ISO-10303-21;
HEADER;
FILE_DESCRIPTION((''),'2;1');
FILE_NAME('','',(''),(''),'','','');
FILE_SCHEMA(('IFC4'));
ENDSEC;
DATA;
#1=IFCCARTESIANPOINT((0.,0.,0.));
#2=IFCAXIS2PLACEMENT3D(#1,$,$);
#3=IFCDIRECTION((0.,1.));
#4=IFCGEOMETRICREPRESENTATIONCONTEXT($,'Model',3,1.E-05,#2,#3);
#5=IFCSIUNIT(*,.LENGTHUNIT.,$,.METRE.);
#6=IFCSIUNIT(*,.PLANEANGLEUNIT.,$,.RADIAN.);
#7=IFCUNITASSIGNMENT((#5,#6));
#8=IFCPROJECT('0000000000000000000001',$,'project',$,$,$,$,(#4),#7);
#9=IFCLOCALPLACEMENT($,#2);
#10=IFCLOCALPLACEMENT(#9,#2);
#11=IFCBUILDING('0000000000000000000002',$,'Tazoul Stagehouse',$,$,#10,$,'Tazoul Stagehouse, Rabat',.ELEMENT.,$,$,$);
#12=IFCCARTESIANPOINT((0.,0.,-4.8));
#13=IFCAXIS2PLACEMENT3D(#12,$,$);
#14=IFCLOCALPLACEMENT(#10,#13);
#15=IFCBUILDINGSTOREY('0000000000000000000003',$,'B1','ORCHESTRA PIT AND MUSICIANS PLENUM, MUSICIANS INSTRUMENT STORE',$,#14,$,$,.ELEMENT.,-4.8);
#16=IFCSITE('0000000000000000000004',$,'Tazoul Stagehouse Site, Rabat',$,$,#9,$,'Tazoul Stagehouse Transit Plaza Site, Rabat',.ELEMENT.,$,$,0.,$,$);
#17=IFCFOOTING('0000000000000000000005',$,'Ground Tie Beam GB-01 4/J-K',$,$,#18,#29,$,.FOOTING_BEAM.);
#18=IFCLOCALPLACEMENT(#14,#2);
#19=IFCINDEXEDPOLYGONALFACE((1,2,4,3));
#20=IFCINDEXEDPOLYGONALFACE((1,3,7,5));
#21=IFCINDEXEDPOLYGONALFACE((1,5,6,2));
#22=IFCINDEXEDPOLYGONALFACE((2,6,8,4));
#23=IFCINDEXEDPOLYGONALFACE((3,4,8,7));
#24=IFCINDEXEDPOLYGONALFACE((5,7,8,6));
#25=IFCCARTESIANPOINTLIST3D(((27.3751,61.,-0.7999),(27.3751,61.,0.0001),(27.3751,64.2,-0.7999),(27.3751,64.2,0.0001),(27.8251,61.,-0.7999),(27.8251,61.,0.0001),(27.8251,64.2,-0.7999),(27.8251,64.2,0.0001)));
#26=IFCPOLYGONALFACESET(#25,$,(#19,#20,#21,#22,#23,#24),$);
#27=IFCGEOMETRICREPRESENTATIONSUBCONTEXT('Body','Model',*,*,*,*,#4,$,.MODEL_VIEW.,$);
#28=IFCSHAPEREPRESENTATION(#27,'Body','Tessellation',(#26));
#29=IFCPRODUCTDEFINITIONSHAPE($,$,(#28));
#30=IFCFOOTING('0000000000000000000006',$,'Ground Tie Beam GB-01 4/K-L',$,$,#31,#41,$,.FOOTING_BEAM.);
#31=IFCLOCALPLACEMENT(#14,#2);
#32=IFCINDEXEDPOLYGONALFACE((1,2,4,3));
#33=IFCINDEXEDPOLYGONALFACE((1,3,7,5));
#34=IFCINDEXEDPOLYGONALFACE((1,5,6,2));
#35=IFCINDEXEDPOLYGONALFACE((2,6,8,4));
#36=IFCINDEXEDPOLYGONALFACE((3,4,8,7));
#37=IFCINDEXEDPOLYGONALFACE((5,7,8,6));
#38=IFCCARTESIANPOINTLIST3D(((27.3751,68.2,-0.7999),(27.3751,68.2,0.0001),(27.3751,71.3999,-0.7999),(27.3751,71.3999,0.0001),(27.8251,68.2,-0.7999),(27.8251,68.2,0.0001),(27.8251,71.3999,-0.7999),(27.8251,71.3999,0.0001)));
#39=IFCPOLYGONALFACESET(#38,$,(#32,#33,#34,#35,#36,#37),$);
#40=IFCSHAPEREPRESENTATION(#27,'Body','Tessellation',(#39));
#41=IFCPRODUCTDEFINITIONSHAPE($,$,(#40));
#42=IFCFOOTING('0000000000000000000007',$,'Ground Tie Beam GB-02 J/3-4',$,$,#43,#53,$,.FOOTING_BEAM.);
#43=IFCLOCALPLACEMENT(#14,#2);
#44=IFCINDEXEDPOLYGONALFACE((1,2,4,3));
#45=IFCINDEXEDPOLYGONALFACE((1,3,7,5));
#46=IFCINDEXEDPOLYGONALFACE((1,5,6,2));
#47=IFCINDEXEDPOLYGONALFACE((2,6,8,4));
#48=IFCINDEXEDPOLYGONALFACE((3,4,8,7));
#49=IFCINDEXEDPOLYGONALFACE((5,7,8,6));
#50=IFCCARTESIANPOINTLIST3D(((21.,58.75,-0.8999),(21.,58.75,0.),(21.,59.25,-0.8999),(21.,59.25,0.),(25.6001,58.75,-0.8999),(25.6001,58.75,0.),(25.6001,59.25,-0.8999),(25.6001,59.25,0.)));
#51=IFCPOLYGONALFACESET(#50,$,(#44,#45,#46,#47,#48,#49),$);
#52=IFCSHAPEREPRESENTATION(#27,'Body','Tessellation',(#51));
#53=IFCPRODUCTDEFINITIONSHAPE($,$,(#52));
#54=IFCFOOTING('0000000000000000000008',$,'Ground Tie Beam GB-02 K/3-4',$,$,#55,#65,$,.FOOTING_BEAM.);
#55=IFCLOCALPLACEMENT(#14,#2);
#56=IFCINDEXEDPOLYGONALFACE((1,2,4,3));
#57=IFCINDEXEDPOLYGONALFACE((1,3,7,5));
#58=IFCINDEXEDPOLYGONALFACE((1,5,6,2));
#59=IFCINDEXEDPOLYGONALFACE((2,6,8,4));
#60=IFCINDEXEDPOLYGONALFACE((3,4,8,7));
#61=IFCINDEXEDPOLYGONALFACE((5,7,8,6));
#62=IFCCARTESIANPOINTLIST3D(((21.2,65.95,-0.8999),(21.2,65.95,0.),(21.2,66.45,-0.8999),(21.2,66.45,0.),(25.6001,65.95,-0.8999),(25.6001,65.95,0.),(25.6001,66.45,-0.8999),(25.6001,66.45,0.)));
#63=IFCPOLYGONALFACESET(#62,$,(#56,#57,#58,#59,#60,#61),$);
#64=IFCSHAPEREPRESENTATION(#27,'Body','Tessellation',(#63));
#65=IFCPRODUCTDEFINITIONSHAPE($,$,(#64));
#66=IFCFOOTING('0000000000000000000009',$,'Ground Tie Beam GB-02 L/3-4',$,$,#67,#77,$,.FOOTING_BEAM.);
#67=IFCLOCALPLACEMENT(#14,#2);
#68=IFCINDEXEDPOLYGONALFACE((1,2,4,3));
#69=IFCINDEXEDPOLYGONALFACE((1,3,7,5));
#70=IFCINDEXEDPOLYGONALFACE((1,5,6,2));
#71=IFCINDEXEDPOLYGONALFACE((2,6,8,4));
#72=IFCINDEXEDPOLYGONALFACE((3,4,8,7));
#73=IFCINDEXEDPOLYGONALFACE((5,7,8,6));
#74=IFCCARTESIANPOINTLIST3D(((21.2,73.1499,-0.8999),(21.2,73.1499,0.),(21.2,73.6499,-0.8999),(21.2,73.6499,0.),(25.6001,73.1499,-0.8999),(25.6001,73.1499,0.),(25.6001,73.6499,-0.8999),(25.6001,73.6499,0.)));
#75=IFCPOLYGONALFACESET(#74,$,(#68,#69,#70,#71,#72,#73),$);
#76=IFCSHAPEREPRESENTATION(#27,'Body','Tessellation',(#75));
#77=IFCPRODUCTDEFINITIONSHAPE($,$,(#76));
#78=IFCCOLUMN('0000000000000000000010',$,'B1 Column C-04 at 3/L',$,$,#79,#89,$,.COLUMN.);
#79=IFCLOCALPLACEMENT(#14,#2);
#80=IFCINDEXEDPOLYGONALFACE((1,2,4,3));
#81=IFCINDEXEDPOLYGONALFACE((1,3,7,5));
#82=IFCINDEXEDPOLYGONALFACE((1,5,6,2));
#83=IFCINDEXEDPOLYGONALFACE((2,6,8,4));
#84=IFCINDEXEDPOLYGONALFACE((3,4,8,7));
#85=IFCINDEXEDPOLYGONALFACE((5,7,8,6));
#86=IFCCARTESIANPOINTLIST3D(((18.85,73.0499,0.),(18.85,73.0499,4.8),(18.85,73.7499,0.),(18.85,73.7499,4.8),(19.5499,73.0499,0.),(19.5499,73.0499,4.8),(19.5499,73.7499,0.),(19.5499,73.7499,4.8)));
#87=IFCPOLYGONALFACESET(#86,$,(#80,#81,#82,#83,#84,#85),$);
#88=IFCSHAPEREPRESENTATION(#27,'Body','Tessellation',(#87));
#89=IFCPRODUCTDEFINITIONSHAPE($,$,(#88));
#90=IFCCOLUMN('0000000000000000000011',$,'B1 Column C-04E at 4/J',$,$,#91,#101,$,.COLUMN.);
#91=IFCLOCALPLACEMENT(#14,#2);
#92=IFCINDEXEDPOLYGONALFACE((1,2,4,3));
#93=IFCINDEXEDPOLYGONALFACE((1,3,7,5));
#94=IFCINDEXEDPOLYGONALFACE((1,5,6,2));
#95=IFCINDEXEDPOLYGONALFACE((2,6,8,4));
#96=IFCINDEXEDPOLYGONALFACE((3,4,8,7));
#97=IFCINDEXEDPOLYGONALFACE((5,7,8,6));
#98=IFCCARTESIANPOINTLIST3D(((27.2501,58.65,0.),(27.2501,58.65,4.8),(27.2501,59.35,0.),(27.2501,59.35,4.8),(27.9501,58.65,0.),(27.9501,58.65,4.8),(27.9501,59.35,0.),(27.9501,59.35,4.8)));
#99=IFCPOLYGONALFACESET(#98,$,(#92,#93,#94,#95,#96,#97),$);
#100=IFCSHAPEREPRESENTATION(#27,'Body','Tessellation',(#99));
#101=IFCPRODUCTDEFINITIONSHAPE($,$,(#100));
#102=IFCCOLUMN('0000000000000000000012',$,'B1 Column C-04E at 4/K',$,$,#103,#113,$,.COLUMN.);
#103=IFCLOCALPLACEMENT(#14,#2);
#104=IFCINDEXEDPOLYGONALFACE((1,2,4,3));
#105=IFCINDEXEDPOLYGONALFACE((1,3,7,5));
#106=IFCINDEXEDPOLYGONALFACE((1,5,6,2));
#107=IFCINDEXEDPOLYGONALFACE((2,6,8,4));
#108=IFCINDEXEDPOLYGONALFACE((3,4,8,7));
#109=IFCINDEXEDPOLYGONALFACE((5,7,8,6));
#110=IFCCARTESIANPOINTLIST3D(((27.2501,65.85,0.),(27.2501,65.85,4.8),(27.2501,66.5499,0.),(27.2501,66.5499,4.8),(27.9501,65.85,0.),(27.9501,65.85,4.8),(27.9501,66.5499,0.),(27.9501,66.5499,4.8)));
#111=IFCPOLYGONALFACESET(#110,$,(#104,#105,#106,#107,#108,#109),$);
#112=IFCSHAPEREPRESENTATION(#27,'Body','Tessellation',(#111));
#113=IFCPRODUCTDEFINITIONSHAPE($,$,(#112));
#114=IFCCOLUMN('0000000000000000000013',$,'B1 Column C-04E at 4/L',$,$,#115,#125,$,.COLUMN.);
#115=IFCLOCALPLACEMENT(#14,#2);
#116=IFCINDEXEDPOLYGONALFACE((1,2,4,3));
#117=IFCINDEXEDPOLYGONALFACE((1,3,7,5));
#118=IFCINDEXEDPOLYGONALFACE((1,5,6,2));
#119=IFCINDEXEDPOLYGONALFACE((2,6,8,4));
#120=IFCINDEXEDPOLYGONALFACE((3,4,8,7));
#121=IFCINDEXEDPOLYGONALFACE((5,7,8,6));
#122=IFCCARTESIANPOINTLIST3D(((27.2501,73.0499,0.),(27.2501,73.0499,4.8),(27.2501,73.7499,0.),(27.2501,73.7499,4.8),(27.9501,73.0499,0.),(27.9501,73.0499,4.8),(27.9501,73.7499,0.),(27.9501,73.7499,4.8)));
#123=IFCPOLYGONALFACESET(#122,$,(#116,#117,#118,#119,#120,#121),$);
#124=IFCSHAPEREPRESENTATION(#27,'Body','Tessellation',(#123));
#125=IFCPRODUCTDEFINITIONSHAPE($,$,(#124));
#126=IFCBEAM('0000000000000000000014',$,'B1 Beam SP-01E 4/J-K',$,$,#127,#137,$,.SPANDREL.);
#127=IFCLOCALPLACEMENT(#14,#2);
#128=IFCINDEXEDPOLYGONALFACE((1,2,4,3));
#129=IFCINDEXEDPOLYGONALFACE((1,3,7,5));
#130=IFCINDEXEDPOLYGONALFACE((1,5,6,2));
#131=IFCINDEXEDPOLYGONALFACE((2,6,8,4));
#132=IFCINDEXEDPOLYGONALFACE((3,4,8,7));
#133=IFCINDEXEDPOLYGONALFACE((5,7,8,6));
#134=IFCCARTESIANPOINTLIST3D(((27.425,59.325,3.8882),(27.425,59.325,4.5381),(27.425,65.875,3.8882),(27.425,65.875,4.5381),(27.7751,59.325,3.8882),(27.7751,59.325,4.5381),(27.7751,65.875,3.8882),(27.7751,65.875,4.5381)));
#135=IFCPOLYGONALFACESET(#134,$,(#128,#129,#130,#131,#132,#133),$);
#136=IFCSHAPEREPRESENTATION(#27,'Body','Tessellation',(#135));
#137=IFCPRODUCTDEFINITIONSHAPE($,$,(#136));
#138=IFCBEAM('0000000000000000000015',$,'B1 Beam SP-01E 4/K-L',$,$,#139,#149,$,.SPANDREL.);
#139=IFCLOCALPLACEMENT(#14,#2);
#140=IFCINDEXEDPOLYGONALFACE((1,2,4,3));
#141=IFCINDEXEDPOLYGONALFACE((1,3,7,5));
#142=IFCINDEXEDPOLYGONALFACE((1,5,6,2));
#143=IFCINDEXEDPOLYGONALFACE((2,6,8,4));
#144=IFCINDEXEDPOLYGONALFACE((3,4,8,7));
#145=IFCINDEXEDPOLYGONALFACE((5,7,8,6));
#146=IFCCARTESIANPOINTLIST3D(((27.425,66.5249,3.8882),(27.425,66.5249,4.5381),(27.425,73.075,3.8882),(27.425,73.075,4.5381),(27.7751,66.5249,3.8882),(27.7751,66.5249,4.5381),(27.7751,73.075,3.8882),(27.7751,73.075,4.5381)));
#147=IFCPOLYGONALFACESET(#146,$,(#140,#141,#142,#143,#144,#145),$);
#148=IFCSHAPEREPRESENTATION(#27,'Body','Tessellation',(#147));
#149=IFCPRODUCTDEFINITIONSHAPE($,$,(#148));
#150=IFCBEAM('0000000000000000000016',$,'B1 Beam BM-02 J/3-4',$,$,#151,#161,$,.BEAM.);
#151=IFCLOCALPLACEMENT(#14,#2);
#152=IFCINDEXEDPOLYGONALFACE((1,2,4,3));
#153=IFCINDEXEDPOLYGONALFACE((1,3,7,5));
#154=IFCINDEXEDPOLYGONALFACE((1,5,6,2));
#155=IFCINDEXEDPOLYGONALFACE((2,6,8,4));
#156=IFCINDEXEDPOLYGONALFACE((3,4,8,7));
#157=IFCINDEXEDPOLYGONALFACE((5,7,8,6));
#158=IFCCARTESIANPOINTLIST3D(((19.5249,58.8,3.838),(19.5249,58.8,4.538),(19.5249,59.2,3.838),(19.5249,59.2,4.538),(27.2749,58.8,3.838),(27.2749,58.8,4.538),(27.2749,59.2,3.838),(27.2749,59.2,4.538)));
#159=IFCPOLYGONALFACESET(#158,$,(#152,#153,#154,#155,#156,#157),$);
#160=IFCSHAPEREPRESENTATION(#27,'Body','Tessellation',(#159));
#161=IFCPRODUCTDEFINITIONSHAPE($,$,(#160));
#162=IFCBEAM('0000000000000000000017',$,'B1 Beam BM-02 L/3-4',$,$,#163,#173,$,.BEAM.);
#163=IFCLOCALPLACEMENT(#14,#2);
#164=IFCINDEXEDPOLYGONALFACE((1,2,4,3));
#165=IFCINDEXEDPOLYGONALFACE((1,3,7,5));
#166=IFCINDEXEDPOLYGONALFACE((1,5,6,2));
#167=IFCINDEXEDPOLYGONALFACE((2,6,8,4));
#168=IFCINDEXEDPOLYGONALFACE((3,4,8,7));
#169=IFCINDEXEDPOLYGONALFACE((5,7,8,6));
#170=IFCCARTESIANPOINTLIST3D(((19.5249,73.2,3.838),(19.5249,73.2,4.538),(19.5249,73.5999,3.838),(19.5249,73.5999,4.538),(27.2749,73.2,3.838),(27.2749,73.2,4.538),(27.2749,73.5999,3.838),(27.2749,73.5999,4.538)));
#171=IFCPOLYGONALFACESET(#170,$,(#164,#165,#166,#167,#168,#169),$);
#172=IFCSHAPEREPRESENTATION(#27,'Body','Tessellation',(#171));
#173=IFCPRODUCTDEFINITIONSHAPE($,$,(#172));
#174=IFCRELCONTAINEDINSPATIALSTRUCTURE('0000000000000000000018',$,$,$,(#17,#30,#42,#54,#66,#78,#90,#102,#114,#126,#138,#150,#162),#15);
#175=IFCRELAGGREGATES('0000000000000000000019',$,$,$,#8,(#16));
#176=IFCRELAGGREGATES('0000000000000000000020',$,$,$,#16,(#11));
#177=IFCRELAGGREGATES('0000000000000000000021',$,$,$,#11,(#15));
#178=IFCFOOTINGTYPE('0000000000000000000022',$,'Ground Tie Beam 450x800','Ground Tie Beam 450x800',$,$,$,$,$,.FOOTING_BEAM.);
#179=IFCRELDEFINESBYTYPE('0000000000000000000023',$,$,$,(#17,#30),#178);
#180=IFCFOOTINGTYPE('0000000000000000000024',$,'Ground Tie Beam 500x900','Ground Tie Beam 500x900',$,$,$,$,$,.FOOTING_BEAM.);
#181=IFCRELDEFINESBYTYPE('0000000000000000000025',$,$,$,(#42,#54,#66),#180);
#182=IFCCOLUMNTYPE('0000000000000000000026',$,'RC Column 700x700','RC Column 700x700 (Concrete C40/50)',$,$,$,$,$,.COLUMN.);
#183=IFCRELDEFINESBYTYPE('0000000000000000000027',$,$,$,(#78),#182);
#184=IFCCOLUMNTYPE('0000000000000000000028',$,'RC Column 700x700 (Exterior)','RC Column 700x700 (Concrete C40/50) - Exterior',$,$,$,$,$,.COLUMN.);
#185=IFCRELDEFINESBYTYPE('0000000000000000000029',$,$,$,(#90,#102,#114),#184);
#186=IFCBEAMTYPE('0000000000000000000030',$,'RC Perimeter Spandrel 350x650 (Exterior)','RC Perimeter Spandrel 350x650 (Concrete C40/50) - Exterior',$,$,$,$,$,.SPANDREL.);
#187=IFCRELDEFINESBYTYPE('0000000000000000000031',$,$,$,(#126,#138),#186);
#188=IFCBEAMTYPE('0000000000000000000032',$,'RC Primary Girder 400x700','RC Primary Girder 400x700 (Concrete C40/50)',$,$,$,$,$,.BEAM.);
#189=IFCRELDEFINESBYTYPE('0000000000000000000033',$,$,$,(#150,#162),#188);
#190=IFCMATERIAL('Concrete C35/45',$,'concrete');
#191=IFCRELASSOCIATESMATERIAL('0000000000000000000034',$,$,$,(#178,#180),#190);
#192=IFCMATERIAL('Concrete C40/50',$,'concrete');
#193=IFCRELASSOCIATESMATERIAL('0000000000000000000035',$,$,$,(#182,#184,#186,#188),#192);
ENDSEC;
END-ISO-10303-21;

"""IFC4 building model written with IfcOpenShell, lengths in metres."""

from ifc_helpers import new_model, si_unit, direction, frame, origin, origin_2d, place, context, subcontext, project, spatial, rectangle, extrude, material, material_profile, profile_set, type_object, element, save


model = new_model("IFC4")

# Units and contexts
model_context = context("Model", 3, precision=1e-05, world=origin(), true_north=direction((0.0, 1.0)))
body_context = subcontext(model_context, "Body", "Model", "MODEL_VIEW")
ifc_project = project(units=[si_unit("LENGTHUNIT", "METRE"), si_unit("PLANEANGLEUNIT", "RADIAN")], contexts=[model_context])

# Site, building, storey
site_placement = place(None, origin())
site = spatial("IfcSite", under=ifc_project, at=site_placement, Name="Tazoul Stagehouse Site, Rabat", LongName="Tazoul Stagehouse Transit Plaza Site, Rabat", CompositionType="ELEMENT", RefElevation=0.0)
building_placement = place(site_placement, origin())
building = spatial("IfcBuilding", under=site, at=building_placement, Name="Tazoul Stagehouse", LongName="Tazoul Stagehouse, Rabat", CompositionType="ELEMENT")
storey_placement = place(building_placement, frame((0.0, 0.0, -4.8)))
storey = spatial("IfcBuildingStorey", under=building, at=storey_placement, Name="B1", Description="ORCHESTRA PIT AND MUSICIANS PLENUM, MUSICIANS INSTRUMENT STORE", CompositionType="ELEMENT", Elevation=-4.8)

# Shared definitions
ifc_material_1 = material(Name="Concrete C35/45", Category="concrete")

# Footings
ifc_material_profile_1 = material_profile(ifc_material_1, rectangle(XDim=0.45, YDim=0.8, at=origin_2d()), Name="RC 450x800")
ifc_profile_set_1 = profile_set([ifc_material_profile_1], Name="Concrete C35/45")
footing_type_1 = type_object("IfcFootingType", Name="Ground Tie Beam 450x800", Description="Ground Tie Beam 450x800", PredefinedType="FOOTING_BEAM", material=ifc_profile_set_1)
for number, where, z_axis, x_axis, name in (
    (1, (27.6001, 61.0, -0.3999), (0.0, 1.0, 0.0), (-1.0, 0.0, 0.0), "Ground Tie Beam GB-01 4/J-K"),
    (2, (27.6001, 68.2, -0.3999), (0.0, 1.0, 0.0), (-1.0, 0.0, 0.0), "Ground Tie Beam GB-01 4/K-L"),
):
    element("IfcFooting", number, at=place(storey_placement, frame(where, z_axis=z_axis, x_axis=x_axis)), inside=storey, type_object=footing_type_1, Name=name, PredefinedType="FOOTING_BEAM", context=body_context, shape_type="SweptSolid", body=[
        extrude(rectangle(XDim=0.45, YDim=0.8, at=origin_2d()), origin(), (0.0, 0.0, 1.0), 3.2),
    ])
ifc_material_profile_2 = material_profile(ifc_material_1, rectangle(XDim=0.5, YDim=0.8999, at=origin_2d()), Name="RC 500x900")
ifc_profile_set_2 = profile_set([ifc_material_profile_2], Name="Concrete C35/45")
footing_type_2 = type_object("IfcFootingType", Name="Ground Tie Beam 500x900", Description="Ground Tie Beam 500x900", PredefinedType="FOOTING_BEAM", material=ifc_profile_set_2)
footing_placement = place(storey_placement, frame((21.0, 59.0, -0.45), z_axis=(1.0, 0.0, 0.0), x_axis=(0.0, 1.0, 0.0)))
element("IfcFooting", 3, at=footing_placement, inside=storey, type_object=footing_type_2, Name="Ground Tie Beam GB-02 J/3-4", PredefinedType="FOOTING_BEAM", context=body_context, shape_type="SweptSolid", body=[
    extrude(rectangle(XDim=0.5, YDim=0.8999, at=origin_2d()), origin(), (0.0, 0.0, 1.0), 4.6001),
])
for number, where, z_axis, x_axis, name in (
    (4, (21.2, 66.2, -0.45), (1.0, 0.0, 0.0), (0.0, 1.0, 0.0), "Ground Tie Beam GB-02 K/3-4"),
    (5, (21.2, 73.3999, -0.45), (1.0, 0.0, 0.0), (0.0, 1.0, 0.0), "Ground Tie Beam GB-02 L/3-4"),
):
    element("IfcFooting", number, at=place(storey_placement, frame(where, z_axis=z_axis, x_axis=x_axis)), inside=storey, type_object=footing_type_2, Name=name, PredefinedType="FOOTING_BEAM", context=body_context, shape_type="SweptSolid", body=[
        extrude(rectangle(XDim=0.5, YDim=0.8999, at=origin_2d()), origin(), (0.0, 0.0, 1.0), 4.4001),
    ])

# Columns
ifc_material_2 = material(Name="Concrete C40/50", Category="concrete")
ifc_material_profile_3 = material_profile(ifc_material_2, rectangle(XDim=0.7, YDim=0.7, at=origin_2d()), Name="RC 700x700")
ifc_profile_set_3 = profile_set([ifc_material_profile_3], Name="Concrete C40/50")
column_type_1 = type_object("IfcColumnType", Name="RC Column 700x700", Description="RC Column 700x700 (Concrete C40/50)", PredefinedType="COLUMN", material=ifc_profile_set_3)
column_placement = place(storey_placement, frame((19.2, 73.3999, 0.0), z_axis=(0.0, 0.0, 1.0), x_axis=(1.0, 0.0, 0.0)))
element("IfcColumn", 6, at=column_placement, inside=storey, type_object=column_type_1, Name="B1 Column C-04 at 3/L", PredefinedType="COLUMN", context=body_context, shape_type="SweptSolid", body=[
    extrude(rectangle(XDim=0.7, YDim=0.7, at=origin_2d()), origin(), (0.0, 0.0, 1.0), 4.8),
])
ifc_material_profile_4 = material_profile(ifc_material_2, rectangle(XDim=0.7, YDim=0.7, at=origin_2d()), Name="RC 700x700")
ifc_profile_set_4 = profile_set([ifc_material_profile_4], Name="Concrete C40/50")
column_type_2 = type_object("IfcColumnType", Name="RC Column 700x700 (Exterior)", Description="RC Column 700x700 (Concrete C40/50) - Exterior", PredefinedType="COLUMN", material=ifc_profile_set_4)
for number, where, z_axis, x_axis, name in (
    (7, (27.6001, 59.0, 0.0), (0.0, 0.0, 1.0), (1.0, 0.0, 0.0), "B1 Column C-04E at 4/J"),
    (8, (27.6001, 66.2, 0.0), (0.0, 0.0, 1.0), (1.0, 0.0, 0.0), "B1 Column C-04E at 4/K"),
    (9, (27.6001, 73.3999, 0.0), (0.0, 0.0, 1.0), (1.0, 0.0, 0.0), "B1 Column C-04E at 4/L"),
):
    element("IfcColumn", number, at=place(storey_placement, frame(where, z_axis=z_axis, x_axis=x_axis)), inside=storey, type_object=column_type_2, Name=name, PredefinedType="COLUMN", context=body_context, shape_type="SweptSolid", body=[
        extrude(rectangle(XDim=0.7, YDim=0.7, at=origin_2d()), origin(), (0.0, 0.0, 1.0), 4.8),
    ])

# Beams
ifc_material_profile_5 = material_profile(ifc_material_2, rectangle(XDim=0.3501, YDim=0.6499, at=origin_2d()), Name="RC 350x650")
ifc_profile_set_5 = profile_set([ifc_material_profile_5], Name="Concrete C40/50")
beam_type_1 = type_object("IfcBeamType", Name="RC Perimeter Spandrel 350x650 (Exterior)", Description="RC Perimeter Spandrel 350x650 (Concrete C40/50) - Exterior", PredefinedType="SPANDREL", material=ifc_profile_set_5)
for number, where, z_axis, x_axis, name in (
    (10, (27.6001, 59.325, 4.2131), (0.0, 1.0, 0.0), (-1.0, 0.0, 0.0), "B1 Beam SP-01E 4/J-K"),
    (11, (27.6001, 66.5249, 4.2131), (0.0, 1.0, 0.0), (-1.0, 0.0, 0.0), "B1 Beam SP-01E 4/K-L"),
):
    element("IfcBeam", number, at=place(storey_placement, frame(where, z_axis=z_axis, x_axis=x_axis)), inside=storey, type_object=beam_type_1, Name=name, PredefinedType="SPANDREL", context=body_context, shape_type="SweptSolid", body=[
        extrude(rectangle(XDim=0.3501, YDim=0.6499, at=origin_2d()), origin(), (0.0, 0.0, 1.0), 6.55),
    ])
ifc_material_profile_6 = material_profile(ifc_material_2, rectangle(XDim=0.3999, YDim=0.7, at=origin_2d()), Name="RC 400x700")
ifc_profile_set_6 = profile_set([ifc_material_profile_6], Name="Concrete C40/50")
beam_type_2 = type_object("IfcBeamType", Name="RC Primary Girder 400x700", Description="RC Primary Girder 400x700 (Concrete C40/50)", PredefinedType="BEAM", material=ifc_profile_set_6)
for number, where, z_axis, x_axis, name in (
    (12, (19.5249, 59.0, 4.188), (1.0, 0.0, 0.0), (0.0, 1.0, 0.0), "B1 Beam BM-02 J/3-4"),
    (13, (19.5249, 73.3999, 4.188), (1.0, 0.0, 0.0), (0.0, 1.0, 0.0), "B1 Beam BM-02 L/3-4"),
):
    element("IfcBeam", number, at=place(storey_placement, frame(where, z_axis=z_axis, x_axis=x_axis)), inside=storey, type_object=beam_type_2, Name=name, PredefinedType="BEAM", context=body_context, shape_type="SweptSolid", body=[
        extrude(rectangle(XDim=0.3999, YDim=0.7, at=origin_2d()), origin(), (0.0, 0.0, 1.0), 7.75),
    ])

save(model, "model.ifc")
